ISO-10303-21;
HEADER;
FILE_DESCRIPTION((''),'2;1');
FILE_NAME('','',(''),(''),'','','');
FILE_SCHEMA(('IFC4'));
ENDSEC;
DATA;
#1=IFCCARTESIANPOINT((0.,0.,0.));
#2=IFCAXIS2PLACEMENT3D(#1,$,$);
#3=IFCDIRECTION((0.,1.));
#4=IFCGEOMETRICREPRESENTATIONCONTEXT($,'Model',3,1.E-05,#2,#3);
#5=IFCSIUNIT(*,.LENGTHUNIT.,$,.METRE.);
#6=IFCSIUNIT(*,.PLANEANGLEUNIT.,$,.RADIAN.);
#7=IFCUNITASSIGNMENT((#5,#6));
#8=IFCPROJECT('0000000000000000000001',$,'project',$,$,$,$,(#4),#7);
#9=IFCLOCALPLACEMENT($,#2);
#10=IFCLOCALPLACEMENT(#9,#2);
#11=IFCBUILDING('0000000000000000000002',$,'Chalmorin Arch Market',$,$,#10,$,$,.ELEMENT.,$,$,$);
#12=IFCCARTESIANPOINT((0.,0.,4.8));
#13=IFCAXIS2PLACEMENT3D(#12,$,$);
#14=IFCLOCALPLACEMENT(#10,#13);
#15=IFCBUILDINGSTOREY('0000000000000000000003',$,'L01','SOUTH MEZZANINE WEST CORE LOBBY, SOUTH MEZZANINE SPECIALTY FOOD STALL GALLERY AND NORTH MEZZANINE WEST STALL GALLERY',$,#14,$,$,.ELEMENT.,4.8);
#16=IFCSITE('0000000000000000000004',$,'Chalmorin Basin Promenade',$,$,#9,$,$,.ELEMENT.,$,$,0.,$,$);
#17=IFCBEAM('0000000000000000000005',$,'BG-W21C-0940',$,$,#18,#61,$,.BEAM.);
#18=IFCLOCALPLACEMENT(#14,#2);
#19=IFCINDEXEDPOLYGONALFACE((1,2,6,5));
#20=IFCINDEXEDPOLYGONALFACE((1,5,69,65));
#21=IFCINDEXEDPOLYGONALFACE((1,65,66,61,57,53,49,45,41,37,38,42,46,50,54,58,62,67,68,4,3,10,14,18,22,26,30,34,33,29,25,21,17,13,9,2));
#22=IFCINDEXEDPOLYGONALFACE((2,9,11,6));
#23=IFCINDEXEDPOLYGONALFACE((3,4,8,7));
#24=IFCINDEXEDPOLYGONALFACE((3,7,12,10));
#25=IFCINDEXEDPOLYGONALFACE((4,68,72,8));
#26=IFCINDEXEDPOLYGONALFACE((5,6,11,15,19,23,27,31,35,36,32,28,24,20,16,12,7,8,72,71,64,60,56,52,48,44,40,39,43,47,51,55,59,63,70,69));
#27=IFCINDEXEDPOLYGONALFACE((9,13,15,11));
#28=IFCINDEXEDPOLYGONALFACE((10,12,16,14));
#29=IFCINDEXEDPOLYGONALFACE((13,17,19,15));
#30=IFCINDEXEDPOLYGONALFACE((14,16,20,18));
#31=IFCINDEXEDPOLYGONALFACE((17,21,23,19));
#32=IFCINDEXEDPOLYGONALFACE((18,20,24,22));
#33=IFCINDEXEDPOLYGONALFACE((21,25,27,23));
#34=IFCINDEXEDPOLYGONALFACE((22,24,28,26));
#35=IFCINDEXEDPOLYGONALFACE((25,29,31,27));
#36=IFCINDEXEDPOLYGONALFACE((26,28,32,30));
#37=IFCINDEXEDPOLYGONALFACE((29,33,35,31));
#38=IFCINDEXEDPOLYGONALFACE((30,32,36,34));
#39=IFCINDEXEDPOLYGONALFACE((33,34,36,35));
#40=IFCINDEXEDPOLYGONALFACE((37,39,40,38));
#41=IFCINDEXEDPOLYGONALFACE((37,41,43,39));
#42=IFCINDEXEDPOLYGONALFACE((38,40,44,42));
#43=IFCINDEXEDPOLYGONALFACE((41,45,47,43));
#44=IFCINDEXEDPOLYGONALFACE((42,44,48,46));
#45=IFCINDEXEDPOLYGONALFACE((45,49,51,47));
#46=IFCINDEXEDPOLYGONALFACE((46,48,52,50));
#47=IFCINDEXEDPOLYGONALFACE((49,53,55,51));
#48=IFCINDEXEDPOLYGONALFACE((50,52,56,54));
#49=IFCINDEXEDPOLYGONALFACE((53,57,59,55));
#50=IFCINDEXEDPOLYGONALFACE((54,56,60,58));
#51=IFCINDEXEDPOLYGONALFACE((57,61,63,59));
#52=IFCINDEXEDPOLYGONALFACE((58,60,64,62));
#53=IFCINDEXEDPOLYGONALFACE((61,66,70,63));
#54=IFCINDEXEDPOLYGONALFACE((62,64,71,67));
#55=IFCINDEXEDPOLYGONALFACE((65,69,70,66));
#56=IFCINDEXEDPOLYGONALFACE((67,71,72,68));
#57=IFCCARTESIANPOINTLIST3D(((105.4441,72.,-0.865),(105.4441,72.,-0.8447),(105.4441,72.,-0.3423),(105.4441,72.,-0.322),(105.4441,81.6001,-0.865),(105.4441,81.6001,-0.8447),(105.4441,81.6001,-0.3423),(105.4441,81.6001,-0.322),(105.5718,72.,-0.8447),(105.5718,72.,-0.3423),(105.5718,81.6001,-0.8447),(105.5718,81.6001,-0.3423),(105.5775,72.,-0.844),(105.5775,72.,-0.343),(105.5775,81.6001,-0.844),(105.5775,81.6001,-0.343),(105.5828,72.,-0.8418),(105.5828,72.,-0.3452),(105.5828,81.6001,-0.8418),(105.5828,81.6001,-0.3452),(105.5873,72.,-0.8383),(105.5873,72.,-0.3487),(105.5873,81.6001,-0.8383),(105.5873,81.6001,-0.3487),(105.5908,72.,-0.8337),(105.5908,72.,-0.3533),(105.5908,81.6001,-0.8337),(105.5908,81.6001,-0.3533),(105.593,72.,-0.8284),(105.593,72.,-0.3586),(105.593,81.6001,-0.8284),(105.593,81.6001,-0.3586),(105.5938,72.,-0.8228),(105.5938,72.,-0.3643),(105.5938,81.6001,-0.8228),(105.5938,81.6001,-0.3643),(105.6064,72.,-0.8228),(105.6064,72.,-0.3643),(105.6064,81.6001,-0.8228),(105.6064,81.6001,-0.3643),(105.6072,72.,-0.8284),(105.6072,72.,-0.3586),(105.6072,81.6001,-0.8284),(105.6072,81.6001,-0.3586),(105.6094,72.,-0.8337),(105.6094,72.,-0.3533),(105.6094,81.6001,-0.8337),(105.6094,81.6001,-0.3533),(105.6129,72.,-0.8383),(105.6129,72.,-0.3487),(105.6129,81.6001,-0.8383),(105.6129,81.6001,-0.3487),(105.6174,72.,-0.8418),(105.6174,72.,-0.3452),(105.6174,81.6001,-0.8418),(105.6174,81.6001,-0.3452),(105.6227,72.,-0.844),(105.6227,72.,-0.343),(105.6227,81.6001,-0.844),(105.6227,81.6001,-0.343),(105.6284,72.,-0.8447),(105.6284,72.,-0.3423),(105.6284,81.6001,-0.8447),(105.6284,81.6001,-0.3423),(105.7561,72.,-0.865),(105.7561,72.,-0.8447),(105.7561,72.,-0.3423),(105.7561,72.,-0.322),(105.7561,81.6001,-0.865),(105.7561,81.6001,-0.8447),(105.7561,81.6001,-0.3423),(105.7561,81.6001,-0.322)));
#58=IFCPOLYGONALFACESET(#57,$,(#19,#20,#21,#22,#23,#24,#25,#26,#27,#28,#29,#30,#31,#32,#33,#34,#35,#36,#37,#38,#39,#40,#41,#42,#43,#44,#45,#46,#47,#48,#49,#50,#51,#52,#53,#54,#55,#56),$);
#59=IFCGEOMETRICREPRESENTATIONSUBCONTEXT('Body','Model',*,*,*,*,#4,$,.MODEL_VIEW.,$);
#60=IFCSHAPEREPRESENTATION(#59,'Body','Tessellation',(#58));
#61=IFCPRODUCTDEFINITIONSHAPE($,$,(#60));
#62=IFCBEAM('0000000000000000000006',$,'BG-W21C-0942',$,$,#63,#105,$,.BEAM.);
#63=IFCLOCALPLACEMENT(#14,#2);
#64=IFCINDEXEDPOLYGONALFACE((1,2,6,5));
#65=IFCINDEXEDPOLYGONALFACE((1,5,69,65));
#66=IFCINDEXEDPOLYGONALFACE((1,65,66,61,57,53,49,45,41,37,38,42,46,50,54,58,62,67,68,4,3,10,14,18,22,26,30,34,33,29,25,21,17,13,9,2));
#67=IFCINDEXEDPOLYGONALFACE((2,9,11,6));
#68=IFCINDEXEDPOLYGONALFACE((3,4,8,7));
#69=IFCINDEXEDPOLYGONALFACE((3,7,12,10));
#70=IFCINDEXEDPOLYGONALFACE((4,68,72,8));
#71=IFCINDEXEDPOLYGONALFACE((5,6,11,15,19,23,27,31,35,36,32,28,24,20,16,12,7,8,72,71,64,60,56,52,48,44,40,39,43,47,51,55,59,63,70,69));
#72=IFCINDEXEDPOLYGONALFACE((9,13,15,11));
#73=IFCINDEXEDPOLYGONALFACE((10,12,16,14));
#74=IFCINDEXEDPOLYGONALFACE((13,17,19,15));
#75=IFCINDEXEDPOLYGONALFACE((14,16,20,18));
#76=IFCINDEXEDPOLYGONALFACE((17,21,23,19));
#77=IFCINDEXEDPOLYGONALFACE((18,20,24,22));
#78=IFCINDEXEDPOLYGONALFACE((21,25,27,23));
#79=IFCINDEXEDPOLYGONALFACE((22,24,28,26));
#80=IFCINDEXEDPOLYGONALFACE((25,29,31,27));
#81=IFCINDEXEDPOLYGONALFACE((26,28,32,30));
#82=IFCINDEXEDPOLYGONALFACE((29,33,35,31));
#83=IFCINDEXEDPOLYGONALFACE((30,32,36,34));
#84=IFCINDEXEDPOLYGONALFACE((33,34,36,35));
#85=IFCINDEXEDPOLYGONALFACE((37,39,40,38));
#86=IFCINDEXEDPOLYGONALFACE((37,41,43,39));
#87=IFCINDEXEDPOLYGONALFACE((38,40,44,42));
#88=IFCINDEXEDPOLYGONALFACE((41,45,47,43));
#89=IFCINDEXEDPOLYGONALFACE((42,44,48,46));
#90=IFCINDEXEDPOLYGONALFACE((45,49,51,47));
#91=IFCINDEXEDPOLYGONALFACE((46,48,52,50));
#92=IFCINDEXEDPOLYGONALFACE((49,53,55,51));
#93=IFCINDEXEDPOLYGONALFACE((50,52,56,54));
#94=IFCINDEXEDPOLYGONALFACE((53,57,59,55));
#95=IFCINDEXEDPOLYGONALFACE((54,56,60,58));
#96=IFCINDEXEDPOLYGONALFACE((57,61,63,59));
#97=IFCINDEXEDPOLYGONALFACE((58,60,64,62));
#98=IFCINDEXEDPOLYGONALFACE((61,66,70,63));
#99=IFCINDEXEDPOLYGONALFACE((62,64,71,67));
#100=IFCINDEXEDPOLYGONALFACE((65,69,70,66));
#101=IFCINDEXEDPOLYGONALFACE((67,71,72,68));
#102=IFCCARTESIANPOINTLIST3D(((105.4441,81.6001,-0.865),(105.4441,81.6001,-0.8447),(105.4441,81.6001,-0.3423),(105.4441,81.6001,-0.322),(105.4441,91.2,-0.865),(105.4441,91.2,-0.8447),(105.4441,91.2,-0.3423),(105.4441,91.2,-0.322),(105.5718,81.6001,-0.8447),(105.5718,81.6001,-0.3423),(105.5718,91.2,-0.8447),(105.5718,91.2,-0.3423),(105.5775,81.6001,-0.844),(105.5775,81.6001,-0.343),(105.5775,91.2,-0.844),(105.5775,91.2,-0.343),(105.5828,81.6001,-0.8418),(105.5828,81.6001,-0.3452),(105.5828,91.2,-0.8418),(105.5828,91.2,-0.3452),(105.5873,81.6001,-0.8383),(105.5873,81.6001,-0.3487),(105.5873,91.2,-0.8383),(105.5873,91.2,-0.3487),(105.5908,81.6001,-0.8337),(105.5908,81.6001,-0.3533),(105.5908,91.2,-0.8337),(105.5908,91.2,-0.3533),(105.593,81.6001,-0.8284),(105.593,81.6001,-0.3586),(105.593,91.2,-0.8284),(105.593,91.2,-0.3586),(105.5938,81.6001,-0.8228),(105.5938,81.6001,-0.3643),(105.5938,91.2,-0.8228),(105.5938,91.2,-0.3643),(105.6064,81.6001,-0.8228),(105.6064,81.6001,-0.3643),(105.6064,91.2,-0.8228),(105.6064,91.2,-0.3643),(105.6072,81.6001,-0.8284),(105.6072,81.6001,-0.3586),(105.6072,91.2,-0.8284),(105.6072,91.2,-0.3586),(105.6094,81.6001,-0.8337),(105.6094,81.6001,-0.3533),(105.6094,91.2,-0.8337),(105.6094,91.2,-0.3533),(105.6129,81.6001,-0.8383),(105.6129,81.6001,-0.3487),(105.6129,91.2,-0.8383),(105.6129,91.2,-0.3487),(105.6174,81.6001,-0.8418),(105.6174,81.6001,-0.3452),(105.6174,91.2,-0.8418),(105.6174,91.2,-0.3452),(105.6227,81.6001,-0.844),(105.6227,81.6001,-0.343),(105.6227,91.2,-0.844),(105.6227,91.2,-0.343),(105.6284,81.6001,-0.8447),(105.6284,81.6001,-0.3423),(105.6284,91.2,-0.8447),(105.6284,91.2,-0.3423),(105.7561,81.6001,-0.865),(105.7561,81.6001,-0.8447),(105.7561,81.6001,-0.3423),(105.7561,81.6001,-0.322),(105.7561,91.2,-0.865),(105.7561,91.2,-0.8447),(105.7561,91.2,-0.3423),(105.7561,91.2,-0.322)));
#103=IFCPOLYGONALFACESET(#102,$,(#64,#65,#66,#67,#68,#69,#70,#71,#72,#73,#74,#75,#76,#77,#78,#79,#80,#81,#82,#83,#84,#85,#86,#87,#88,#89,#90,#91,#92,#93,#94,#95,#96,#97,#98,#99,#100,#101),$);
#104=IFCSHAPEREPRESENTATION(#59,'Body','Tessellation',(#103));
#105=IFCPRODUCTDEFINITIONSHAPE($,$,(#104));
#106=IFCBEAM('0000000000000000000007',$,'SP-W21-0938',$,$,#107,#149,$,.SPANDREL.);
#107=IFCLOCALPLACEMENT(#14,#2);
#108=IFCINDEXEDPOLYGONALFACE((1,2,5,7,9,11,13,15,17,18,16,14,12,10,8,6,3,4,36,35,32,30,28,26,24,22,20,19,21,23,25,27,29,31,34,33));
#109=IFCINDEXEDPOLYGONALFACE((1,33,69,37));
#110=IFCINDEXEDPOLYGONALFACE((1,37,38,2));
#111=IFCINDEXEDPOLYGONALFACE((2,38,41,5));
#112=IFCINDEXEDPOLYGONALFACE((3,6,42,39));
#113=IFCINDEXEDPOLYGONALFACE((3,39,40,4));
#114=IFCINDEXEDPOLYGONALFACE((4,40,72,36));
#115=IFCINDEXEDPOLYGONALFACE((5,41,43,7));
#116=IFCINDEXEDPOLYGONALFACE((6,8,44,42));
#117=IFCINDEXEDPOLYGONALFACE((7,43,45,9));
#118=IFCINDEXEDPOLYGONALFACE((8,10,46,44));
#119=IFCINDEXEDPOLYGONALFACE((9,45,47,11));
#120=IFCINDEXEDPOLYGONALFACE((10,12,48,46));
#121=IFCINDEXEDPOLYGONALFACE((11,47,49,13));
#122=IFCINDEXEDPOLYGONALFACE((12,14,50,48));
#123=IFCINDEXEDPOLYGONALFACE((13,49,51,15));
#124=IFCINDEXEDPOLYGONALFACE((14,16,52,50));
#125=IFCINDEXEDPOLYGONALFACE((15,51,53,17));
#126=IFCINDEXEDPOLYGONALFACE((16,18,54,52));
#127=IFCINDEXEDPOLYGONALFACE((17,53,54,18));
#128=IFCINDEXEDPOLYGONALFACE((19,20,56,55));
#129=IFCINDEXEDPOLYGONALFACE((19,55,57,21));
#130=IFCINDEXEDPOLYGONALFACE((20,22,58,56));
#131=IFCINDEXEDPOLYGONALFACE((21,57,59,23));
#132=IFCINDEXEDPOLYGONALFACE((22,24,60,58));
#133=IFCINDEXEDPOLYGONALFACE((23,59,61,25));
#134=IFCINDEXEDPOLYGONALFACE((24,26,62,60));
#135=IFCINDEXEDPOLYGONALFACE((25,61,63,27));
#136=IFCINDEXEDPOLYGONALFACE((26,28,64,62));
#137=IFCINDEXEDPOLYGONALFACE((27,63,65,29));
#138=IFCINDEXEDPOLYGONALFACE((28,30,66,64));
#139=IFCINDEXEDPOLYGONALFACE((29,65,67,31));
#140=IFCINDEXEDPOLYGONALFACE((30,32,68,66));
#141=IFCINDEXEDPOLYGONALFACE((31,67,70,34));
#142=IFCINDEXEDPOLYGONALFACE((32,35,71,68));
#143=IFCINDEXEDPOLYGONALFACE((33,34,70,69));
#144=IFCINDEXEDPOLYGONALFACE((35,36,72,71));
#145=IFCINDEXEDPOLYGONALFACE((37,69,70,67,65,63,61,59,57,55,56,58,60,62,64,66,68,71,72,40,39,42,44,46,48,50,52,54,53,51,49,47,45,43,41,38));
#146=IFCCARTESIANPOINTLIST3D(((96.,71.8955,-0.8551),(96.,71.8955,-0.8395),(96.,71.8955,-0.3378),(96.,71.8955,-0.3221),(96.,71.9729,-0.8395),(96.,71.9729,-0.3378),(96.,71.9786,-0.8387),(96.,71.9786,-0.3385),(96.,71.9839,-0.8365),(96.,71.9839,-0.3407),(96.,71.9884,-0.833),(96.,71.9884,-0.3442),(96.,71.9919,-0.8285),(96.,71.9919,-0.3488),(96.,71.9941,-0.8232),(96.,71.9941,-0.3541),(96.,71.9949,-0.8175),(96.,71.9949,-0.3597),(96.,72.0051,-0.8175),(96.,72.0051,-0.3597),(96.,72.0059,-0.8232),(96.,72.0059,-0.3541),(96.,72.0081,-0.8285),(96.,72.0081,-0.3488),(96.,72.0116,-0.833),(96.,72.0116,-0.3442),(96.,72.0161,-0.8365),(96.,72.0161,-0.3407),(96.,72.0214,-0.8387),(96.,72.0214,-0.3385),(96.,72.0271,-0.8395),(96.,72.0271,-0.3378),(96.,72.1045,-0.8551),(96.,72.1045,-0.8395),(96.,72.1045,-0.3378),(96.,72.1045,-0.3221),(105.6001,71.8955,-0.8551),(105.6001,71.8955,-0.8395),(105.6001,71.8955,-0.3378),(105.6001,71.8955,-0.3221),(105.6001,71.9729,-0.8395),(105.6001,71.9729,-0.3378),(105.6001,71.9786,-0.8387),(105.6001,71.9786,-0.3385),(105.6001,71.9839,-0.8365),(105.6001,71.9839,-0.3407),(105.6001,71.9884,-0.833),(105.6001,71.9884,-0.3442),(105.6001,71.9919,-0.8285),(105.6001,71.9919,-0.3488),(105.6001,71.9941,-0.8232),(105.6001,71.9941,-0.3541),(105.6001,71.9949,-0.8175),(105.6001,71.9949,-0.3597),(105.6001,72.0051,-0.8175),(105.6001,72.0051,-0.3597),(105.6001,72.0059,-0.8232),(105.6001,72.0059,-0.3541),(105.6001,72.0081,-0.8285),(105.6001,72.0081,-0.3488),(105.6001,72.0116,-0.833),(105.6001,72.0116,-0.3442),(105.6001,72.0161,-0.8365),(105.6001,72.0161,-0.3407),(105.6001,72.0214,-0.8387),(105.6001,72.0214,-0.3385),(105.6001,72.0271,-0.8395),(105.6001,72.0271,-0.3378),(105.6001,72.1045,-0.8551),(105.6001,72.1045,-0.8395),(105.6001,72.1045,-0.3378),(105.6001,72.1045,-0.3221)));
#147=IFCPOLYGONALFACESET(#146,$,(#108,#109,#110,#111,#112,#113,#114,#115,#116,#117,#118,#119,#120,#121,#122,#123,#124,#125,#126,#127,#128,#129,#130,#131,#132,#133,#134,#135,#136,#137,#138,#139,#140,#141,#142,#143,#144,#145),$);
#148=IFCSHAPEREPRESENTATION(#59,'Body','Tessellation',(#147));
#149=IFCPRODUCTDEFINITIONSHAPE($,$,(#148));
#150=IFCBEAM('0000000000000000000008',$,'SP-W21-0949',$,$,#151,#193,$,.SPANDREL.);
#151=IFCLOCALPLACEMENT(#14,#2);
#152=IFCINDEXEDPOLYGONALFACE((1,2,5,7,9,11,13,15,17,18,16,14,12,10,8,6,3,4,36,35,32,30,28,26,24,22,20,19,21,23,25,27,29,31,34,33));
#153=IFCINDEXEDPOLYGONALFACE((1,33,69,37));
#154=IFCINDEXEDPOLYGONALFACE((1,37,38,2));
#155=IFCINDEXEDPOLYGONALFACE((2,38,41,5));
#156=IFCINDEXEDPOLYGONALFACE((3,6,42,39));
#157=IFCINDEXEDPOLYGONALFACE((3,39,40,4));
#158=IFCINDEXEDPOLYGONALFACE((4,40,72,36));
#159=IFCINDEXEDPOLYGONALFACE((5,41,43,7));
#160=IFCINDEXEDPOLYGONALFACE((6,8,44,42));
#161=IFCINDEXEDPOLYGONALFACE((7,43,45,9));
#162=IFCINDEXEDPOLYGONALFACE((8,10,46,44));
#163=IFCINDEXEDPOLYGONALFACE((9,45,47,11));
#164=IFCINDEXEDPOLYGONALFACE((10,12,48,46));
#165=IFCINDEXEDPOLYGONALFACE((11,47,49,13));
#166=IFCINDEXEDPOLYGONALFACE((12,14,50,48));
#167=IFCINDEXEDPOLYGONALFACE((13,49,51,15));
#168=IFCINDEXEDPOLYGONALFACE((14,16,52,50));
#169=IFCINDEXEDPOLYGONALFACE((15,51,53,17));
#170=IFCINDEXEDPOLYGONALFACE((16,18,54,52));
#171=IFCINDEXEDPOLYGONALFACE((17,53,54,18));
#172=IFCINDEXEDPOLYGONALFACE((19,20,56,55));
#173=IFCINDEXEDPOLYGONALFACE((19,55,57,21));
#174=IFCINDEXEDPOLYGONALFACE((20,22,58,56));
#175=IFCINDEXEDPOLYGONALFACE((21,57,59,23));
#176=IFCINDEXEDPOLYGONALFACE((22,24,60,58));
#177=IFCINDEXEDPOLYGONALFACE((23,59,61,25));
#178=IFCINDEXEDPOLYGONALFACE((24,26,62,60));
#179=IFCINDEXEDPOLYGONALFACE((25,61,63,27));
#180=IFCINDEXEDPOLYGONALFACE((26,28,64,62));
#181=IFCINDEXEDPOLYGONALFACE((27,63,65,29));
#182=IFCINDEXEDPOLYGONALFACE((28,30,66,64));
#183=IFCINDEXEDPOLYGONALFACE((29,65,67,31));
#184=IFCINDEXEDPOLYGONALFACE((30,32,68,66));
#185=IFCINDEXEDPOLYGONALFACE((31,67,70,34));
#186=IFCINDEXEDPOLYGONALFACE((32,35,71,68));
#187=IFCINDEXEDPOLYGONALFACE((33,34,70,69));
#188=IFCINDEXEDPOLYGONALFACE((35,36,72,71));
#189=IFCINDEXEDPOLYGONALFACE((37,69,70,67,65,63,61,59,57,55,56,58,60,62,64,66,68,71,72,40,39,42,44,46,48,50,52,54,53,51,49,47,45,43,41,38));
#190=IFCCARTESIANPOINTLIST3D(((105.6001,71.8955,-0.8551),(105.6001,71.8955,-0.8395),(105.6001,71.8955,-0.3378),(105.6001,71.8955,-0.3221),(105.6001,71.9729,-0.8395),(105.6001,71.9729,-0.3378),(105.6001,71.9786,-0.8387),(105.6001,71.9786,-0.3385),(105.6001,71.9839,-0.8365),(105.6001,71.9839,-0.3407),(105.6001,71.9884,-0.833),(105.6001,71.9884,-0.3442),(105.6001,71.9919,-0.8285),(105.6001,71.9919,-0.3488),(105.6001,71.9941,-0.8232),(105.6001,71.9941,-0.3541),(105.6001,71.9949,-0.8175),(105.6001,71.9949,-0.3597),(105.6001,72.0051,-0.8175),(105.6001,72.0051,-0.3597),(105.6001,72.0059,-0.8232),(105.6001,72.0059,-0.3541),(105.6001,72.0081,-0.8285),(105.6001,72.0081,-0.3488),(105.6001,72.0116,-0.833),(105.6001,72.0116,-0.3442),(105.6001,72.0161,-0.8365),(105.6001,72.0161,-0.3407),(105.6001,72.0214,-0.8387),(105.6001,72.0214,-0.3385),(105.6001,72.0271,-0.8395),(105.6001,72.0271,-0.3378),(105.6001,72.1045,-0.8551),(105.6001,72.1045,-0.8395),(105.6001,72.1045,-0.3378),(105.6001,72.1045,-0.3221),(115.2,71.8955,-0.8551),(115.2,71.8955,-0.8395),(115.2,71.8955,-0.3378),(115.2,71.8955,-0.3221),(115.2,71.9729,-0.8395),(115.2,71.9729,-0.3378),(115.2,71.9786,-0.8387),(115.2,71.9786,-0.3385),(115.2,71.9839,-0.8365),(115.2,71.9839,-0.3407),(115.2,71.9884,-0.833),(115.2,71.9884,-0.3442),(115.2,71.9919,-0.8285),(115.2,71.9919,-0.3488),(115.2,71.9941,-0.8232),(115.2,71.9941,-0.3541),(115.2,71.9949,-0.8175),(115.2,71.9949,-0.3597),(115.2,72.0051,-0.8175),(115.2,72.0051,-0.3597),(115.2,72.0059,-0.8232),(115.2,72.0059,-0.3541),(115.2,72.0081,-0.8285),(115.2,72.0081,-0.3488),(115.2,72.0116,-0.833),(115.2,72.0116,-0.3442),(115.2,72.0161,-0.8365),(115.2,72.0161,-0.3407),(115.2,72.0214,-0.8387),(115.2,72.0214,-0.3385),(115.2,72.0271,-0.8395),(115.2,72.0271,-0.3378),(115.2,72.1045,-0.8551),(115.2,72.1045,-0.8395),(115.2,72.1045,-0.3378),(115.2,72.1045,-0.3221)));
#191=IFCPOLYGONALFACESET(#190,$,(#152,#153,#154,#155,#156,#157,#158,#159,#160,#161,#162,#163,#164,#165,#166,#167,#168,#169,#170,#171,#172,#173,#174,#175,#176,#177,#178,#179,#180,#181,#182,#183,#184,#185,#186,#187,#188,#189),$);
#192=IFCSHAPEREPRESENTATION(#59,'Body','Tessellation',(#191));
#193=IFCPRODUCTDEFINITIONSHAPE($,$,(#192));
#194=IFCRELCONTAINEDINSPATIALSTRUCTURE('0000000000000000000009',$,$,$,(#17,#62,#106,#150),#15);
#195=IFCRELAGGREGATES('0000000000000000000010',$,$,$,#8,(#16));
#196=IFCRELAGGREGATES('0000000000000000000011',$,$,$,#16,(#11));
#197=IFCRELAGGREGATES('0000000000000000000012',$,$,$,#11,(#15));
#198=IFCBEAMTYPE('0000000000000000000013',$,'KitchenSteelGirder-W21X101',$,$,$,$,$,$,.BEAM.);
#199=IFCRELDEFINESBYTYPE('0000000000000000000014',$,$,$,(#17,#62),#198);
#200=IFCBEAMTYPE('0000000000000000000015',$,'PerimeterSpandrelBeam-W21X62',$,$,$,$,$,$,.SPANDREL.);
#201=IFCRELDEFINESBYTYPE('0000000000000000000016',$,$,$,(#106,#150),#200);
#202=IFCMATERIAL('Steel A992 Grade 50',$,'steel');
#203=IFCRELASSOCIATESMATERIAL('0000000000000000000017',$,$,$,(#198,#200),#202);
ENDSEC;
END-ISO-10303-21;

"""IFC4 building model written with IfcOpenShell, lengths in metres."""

from ifc_helpers import new_model, si_unit, direction, frame, origin, origin_2d, place, context, subcontext, project, spatial, i_section, extrude, material, material_profile, profile_set, type_object, element, save


model = new_model("IFC4")

# Units and contexts
model_context = context("Model", 3, precision=1e-05, world=origin(), true_north=direction((0.0, 1.0)))
body_context = subcontext(model_context, "Body", "Model", "MODEL_VIEW")
ifc_project = project(units=[si_unit("LENGTHUNIT", "METRE"), si_unit("PLANEANGLEUNIT", "RADIAN")], contexts=[model_context])

# Site, building, storey
site_placement = place(None, origin())
site = spatial("IfcSite", under=ifc_project, at=site_placement, Name="Chalmorin Basin Promenade", CompositionType="ELEMENT", RefElevation=0.0)
building_placement = place(site_placement, origin())
building = spatial("IfcBuilding", under=site, at=building_placement, Name="Chalmorin Arch Market", CompositionType="ELEMENT")
storey_placement = place(building_placement, frame((0.0, 0.0, 4.8)))
storey = spatial("IfcBuildingStorey", under=building, at=storey_placement, Name="L01", Description="SOUTH MEZZANINE WEST CORE LOBBY, SOUTH MEZZANINE SPECIALTY FOOD STALL GALLERY AND NORTH MEZZANINE WEST STALL GALLERY", CompositionType="ELEMENT", Elevation=4.8)

# Beams
ifc_material_1 = material(Name="Steel A992 Grade 50", Category="steel")
ifc_material_profile_1 = material_profile(ifc_material_1, i_section(OverallWidth=0.312, OverallDepth=0.543, WebThickness=0.0127, FlangeThickness=0.0203, FilletRadius=0.022, at=origin_2d()), Name="W21X101")
ifc_profile_set_1 = profile_set([ifc_material_profile_1], Name="Steel A992 Grade 50")
beam_type_1 = type_object("IfcBeamType", Name="KitchenSteelGirder-W21X101", PredefinedType="BEAM", material=ifc_profile_set_1)
beam_1_placement = place(storey_placement, frame((105.6001, 72.0, -0.5935), z_axis=(0.0, 1.0, 0.0), x_axis=(-1.0, 0.0, 0.0)))
element("IfcBeam", 1, at=beam_1_placement, inside=storey, type_object=beam_type_1, Name="BG-W21C-0940", PredefinedType="BEAM", context=body_context, shape_type="SweptSolid", body=[
    extrude(i_section(OverallWidth=0.312, OverallDepth=0.543, WebThickness=0.0127, FlangeThickness=0.0203, FilletRadius=0.022, at=origin_2d()), origin(), (0.0, 0.0, 1.0), 9.6001),
])
beam_2_placement = place(storey_placement, frame((105.6001, 81.6001, -0.5935), z_axis=(0.0, 1.0, 0.0), x_axis=(-1.0, 0.0, 0.0)))
element("IfcBeam", 2, at=beam_2_placement, inside=storey, type_object=beam_type_1, Name="BG-W21C-0942", PredefinedType="BEAM", context=body_context, shape_type="SweptSolid", body=[
    extrude(i_section(OverallWidth=0.312, OverallDepth=0.543, WebThickness=0.0127, FlangeThickness=0.0203, FilletRadius=0.022, at=origin_2d()), origin(), (0.0, 0.0, 1.0), 9.5999),
])
ifc_material_profile_2 = material_profile(ifc_material_1, i_section(OverallWidth=0.209, OverallDepth=0.533, WebThickness=0.0103, FlangeThickness=0.0156, FilletRadius=0.022, at=origin_2d()), Name="W21X62")
ifc_profile_set_2 = profile_set([ifc_material_profile_2], Name="Steel A992 Grade 50")
beam_type_2 = type_object("IfcBeamType", Name="PerimeterSpandrelBeam-W21X62", PredefinedType="SPANDREL", material=ifc_profile_set_2)
beam_3_placement = place(storey_placement, frame((96.0, 72.0, -0.5886), z_axis=(1.0, 0.0, 0.0), x_axis=(0.0, 1.0, 0.0)))
element("IfcBeam", 3, at=beam_3_placement, inside=storey, type_object=beam_type_2, Name="SP-W21-0938", PredefinedType="SPANDREL", context=body_context, shape_type="SweptSolid", body=[
    extrude(i_section(OverallWidth=0.209, OverallDepth=0.533, WebThickness=0.0103, FlangeThickness=0.0156, FilletRadius=0.022, at=origin_2d()), origin(), (0.0, 0.0, 1.0), 9.6001),
])
beam_4_placement = place(storey_placement, frame((105.6001, 72.0, -0.5886), z_axis=(1.0, 0.0, 0.0), x_axis=(0.0, 1.0, 0.0)))
element("IfcBeam", 4, at=beam_4_placement, inside=storey, type_object=beam_type_2, Name="SP-W21-0949", PredefinedType="SPANDREL", context=body_context, shape_type="SweptSolid", body=[
    extrude(i_section(OverallWidth=0.209, OverallDepth=0.533, WebThickness=0.0103, FlangeThickness=0.0156, FilletRadius=0.022, at=origin_2d()), origin(), (0.0, 0.0, 1.0), 9.5999),
])

save(model, "model.ifc")
